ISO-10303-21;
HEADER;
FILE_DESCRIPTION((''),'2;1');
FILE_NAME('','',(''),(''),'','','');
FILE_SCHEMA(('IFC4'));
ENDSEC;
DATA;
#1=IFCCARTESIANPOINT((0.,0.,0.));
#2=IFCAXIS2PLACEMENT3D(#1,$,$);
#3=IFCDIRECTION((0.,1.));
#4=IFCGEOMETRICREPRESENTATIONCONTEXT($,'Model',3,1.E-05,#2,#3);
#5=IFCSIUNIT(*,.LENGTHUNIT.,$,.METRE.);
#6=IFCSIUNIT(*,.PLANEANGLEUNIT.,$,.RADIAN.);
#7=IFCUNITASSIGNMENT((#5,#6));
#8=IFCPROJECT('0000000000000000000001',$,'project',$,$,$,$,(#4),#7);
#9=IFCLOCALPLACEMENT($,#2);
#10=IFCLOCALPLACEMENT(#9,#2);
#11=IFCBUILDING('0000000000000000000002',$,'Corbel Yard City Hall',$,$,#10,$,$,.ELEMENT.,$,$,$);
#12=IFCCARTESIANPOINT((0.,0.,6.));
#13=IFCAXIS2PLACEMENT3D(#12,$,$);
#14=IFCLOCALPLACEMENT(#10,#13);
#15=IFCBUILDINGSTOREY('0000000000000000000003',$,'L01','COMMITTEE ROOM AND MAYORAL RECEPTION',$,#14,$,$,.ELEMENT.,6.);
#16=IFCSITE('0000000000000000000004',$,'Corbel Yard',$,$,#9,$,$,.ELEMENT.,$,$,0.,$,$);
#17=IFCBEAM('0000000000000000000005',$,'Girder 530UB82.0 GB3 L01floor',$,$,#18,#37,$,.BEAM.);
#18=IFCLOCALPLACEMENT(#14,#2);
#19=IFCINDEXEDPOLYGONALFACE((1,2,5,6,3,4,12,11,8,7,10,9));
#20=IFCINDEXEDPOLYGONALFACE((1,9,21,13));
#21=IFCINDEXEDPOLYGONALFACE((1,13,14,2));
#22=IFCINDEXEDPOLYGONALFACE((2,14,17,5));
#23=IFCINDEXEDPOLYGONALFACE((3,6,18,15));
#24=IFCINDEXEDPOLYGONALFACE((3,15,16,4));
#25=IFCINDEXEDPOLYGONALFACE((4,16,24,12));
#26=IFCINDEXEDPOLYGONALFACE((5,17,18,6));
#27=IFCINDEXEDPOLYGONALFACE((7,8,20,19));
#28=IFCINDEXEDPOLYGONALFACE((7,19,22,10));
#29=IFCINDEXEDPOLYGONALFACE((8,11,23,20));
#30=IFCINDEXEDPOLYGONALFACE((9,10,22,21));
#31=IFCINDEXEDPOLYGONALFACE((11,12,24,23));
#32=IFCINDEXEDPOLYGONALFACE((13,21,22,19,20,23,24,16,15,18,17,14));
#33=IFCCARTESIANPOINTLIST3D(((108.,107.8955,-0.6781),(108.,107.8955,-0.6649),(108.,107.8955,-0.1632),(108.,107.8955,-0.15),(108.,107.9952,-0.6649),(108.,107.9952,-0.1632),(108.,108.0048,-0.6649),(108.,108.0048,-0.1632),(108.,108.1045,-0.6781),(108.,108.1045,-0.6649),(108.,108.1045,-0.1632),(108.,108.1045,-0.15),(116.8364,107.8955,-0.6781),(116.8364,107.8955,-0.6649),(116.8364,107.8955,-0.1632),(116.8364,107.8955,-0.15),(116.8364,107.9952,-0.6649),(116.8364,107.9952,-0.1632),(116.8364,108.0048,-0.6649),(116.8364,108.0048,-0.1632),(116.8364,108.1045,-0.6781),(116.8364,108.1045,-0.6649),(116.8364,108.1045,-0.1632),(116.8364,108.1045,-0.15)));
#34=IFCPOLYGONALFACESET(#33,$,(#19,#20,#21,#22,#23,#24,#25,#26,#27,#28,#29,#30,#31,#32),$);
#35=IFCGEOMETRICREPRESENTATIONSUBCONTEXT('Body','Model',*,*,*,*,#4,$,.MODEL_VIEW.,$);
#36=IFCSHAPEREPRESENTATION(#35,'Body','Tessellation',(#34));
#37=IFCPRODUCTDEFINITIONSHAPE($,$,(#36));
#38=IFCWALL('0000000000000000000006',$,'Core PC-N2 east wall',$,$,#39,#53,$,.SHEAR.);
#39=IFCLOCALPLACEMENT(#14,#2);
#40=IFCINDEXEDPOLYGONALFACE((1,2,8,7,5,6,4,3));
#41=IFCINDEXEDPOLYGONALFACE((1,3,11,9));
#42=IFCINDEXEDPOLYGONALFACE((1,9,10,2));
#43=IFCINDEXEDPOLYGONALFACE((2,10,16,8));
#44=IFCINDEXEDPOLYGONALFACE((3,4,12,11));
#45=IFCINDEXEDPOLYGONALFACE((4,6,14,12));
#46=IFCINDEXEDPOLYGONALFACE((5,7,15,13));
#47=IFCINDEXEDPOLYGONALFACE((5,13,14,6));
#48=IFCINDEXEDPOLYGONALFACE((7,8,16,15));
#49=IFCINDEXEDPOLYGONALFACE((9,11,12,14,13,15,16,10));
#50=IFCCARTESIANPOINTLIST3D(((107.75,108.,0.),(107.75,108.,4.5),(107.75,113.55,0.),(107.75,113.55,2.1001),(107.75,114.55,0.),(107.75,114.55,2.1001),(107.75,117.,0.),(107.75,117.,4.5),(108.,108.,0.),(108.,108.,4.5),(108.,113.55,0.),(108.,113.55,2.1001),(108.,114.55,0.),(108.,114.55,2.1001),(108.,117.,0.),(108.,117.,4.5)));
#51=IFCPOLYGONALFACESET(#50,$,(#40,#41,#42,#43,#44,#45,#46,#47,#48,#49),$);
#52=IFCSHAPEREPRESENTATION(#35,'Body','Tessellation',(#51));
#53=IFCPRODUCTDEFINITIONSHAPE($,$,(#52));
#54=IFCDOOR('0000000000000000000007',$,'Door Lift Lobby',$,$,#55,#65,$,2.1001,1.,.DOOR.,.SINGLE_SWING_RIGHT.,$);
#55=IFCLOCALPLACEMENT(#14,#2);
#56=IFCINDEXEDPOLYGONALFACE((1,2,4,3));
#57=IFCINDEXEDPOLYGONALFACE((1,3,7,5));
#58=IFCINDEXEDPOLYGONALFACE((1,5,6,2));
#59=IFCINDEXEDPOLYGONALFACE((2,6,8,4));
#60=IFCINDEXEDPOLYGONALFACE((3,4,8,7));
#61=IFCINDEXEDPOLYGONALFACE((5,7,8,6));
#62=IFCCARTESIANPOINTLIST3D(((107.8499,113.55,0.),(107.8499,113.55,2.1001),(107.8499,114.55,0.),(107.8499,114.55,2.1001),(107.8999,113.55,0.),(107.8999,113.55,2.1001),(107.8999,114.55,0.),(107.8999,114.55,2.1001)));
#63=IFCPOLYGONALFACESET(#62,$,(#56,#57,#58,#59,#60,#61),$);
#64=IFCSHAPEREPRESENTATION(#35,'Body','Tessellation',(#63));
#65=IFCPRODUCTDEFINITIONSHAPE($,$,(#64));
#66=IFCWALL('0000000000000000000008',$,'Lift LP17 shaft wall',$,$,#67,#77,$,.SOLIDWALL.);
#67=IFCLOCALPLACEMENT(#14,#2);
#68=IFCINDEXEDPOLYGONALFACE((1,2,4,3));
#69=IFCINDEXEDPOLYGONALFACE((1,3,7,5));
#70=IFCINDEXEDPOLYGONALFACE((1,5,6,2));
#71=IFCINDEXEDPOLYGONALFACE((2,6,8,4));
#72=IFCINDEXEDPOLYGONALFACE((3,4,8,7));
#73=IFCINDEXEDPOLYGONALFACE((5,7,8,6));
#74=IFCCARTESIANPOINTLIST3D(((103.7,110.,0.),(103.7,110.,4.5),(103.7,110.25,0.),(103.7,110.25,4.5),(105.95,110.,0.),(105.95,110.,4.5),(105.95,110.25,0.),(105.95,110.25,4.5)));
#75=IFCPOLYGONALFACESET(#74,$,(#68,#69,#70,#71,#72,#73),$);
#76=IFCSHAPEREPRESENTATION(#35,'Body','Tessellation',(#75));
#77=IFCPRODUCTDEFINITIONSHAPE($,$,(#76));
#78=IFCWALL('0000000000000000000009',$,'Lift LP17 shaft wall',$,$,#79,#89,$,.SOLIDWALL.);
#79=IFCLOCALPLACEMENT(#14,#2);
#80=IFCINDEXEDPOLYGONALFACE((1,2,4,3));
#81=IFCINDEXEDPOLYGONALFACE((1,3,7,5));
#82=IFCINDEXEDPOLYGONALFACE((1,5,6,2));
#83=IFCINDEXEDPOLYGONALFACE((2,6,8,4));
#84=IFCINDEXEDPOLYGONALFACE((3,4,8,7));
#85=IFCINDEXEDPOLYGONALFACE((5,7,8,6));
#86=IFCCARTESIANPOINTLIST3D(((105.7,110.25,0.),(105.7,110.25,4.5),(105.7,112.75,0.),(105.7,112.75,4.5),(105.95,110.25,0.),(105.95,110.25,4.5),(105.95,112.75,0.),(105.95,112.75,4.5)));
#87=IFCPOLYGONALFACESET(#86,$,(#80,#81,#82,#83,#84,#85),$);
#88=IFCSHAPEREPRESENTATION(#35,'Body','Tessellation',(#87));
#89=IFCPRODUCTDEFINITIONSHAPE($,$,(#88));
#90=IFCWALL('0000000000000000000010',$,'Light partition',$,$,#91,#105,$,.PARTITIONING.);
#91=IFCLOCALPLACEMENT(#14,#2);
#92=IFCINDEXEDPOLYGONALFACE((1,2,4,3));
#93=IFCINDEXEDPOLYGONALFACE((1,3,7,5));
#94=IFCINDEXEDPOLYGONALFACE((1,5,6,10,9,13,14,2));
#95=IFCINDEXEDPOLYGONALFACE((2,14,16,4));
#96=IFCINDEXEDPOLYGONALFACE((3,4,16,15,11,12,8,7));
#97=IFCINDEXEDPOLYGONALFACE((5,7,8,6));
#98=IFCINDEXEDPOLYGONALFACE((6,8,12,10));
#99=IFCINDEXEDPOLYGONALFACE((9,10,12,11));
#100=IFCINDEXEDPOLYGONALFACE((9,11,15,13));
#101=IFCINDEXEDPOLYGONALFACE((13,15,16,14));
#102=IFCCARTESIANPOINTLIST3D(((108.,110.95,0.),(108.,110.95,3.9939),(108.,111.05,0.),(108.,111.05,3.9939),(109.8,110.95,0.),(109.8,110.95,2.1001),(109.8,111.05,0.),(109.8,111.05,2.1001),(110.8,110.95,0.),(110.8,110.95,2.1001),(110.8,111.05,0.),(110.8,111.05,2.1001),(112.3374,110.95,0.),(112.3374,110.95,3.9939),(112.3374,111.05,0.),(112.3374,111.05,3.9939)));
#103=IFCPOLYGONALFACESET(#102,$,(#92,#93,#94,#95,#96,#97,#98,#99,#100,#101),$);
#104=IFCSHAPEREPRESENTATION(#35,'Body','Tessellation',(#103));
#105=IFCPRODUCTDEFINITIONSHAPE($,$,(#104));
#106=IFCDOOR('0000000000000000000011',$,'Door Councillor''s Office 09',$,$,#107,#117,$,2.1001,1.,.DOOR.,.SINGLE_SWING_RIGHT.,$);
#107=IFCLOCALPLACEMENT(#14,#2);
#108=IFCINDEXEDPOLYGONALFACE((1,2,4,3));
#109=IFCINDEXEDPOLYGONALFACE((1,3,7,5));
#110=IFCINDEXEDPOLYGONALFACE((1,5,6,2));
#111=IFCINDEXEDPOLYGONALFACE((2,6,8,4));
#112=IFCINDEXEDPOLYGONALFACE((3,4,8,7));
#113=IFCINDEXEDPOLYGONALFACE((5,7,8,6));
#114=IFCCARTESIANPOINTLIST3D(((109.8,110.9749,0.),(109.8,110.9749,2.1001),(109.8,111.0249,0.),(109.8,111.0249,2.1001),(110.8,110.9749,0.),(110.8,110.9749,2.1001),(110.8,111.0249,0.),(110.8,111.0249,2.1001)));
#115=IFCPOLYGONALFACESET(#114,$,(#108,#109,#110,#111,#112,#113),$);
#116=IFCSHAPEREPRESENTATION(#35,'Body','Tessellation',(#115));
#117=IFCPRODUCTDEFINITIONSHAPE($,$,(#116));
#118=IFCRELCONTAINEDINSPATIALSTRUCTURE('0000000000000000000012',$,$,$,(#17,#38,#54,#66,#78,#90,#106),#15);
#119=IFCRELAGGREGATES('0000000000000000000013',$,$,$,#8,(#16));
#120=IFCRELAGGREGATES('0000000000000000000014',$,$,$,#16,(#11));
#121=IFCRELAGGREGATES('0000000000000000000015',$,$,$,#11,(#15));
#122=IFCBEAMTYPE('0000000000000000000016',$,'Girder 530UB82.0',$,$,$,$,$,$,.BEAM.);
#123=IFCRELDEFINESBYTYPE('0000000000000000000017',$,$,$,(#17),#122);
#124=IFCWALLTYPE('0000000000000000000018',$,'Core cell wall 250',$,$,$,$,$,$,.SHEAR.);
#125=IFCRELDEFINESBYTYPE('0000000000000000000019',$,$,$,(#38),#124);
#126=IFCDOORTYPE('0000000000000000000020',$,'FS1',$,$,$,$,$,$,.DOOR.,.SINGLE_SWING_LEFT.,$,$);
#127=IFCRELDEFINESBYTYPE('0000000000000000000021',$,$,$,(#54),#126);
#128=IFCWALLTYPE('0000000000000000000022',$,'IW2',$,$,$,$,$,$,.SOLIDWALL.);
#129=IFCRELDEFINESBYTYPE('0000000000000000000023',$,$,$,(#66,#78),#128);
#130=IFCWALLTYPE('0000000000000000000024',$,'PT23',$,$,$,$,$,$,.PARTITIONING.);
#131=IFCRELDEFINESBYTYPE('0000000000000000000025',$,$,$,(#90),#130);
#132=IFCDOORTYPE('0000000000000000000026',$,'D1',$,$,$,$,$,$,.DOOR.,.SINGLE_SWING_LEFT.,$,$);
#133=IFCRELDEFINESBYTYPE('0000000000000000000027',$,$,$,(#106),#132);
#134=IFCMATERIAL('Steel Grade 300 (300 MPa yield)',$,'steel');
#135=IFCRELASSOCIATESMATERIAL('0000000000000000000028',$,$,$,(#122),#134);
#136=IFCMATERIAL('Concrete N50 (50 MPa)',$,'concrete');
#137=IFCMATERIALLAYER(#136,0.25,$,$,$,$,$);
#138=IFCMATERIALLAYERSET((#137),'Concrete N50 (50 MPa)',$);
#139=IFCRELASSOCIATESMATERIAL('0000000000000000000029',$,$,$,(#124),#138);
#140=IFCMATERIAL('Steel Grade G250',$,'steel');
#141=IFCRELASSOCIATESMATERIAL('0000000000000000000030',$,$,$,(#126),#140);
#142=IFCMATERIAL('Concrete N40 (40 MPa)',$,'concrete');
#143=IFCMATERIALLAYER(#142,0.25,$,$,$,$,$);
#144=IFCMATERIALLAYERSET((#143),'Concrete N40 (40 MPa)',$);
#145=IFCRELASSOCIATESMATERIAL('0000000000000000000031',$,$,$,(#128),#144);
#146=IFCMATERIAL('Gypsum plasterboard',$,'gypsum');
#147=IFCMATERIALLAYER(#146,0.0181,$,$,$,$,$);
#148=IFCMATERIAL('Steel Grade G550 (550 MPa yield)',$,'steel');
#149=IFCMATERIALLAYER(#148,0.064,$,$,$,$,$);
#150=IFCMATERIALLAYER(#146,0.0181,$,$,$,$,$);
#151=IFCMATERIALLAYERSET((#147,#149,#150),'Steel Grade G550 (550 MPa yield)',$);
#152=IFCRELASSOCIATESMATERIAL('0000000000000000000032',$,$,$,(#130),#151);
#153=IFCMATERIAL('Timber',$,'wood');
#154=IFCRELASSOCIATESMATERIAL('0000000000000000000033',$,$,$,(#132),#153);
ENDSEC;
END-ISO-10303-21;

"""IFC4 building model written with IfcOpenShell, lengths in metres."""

from ifc_helpers import new_model, si_unit, direction, frame, frame_2d, origin, origin_2d, place, context, subcontext, project, spatial, rectangle, i_section, extrude, material, layer, layer_set, material_profile, profile_set, type_object, element, fill, save


model = new_model("IFC4")

# Units and contexts
model_context = context("Model", 3, precision=1e-05, world=origin(), true_north=direction((0.0, 1.0)))
body_context = subcontext(model_context, "Body", "Model", "MODEL_VIEW")
ifc_project = project(units=[si_unit("LENGTHUNIT", "METRE"), si_unit("PLANEANGLEUNIT", "RADIAN")], contexts=[model_context])

# Site, building, storey
site_placement = place(None, origin())
site = spatial("IfcSite", under=ifc_project, at=site_placement, Name="Corbel Yard", CompositionType="ELEMENT", RefElevation=0.0)
building_placement = place(site_placement, origin())
building = spatial("IfcBuilding", under=site, at=building_placement, Name="Corbel Yard City Hall", CompositionType="ELEMENT")
storey_placement = place(building_placement, frame((0.0, 0.0, 6.0)))
storey = spatial("IfcBuildingStorey", under=building, at=storey_placement, Name="L01", Description="COMMITTEE ROOM AND MAYORAL RECEPTION", CompositionType="ELEMENT", Elevation=6.0)

# Beam
ifc_material_1 = material(Name="Steel Grade 300 (300 MPa yield)", Category="steel")
ifc_material_profile = material_profile(ifc_material_1, i_section(OverallWidth=0.209, OverallDepth=0.5281, WebThickness=0.0095, FlangeThickness=0.0132, at=origin_2d()), Name="530UB82.0")
ifc_profile_set = profile_set([ifc_material_profile], Name="Steel Grade 300 (300 MPa yield)")
beam_type = type_object("IfcBeamType", Name="Girder 530UB82.0", PredefinedType="BEAM", material=ifc_profile_set)
beam_placement = place(storey_placement, frame((108.0, 108.0, -0.4141), z_axis=(1.0, 0.0, 0.0), x_axis=(0.0, 1.0, 0.0)))
element("IfcBeam", 1, at=beam_placement, inside=storey, type_object=beam_type, Name="Girder 530UB82.0 GB3 L01floor", PredefinedType="BEAM", context=body_context, shape_type="SweptSolid", body=[
    extrude(i_section(OverallWidth=0.209, OverallDepth=0.5281, WebThickness=0.0095, FlangeThickness=0.0132, at=origin_2d()), origin(), (0.0, 0.0, 1.0), 8.8364),
])

# Wall, opening, door
ifc_material_2 = material(Name="Concrete N50 (50 MPa)", Category="concrete")
ifc_layer_1 = layer(ifc_material_2, 0.25)
ifc_layer_set_1 = layer_set([ifc_layer_1], Name="Concrete N50 (50 MPa)")
wall_type_1 = type_object("IfcWallType", Name="Core cell wall 250", PredefinedType="SHEAR", material=ifc_layer_set_1)
wall_1_placement = place(storey_placement, frame((107.875, 108.0, 0.0), z_axis=(0.0, 0.0, 1.0), x_axis=(0.0, 1.0, 0.0)))
wall_1 = element("IfcWall", 2, at=wall_1_placement, inside=storey, type_object=wall_type_1, Name="Core PC-N2 east wall", PredefinedType="SHEAR", context=body_context, shape_type="SweptSolid", body=[
    extrude(rectangle(XDim=9.0, YDim=0.25, at=frame_2d((4.5, 0.0))), origin(), (0.0, 0.0, 1.0), 4.5),
])
opening_1_placement = place(wall_1_placement, frame((5.55, 0.0, 0.0)))
opening_1 = element("IfcOpeningElement", 3, at=opening_1_placement, cuts=wall_1, PredefinedType="OPENING", context=body_context, shape_type="SweptSolid", body=[
    extrude(rectangle(XDim=1.0, YDim=2.1001, at=frame_2d((0.5, 1.05))), frame((0.0, 0.135, 0.0), z_axis=(0.0, -1.0, 0.0), x_axis=(1.0, 0.0, 0.0)), (0.0, 0.0, 1.0), 0.27),
])
ifc_material_3 = material(Name="Steel Grade G250", Category="steel")
door_type_1 = type_object("IfcDoorType", Name="FS1", OperationType="SINGLE_SWING_LEFT", PredefinedType="DOOR", material=ifc_material_3)
door_1_placement = place(opening_1_placement, frame((1.0, 0.0, 0.0), z_axis=(0.0, 0.0, 1.0), x_axis=(-1.0, 0.0, 0.0)))
door_1 = element("IfcDoor", 4, at=door_1_placement, inside=storey, type_object=door_type_1, Name="Door Lift Lobby", OperationType="SINGLE_SWING_RIGHT", OverallHeight=2.1001, OverallWidth=1.0, PredefinedType="DOOR", context=body_context, shape_type="SweptSolid", body=[
    extrude(rectangle(XDim=1.0, YDim=2.1001, at=frame_2d((0.5, 1.05))), frame((0.0, 0.0249, 0.0), z_axis=(0.0, -1.0, 0.0), x_axis=(1.0, 0.0, 0.0)), (0.0, 0.0, 1.0), 0.05),
])
fill(opening_1, door_1)

# Walls
ifc_material_4 = material(Name="Concrete N40 (40 MPa)", Category="concrete")
ifc_layer_2 = layer(ifc_material_4, 0.25)
ifc_layer_set_2 = layer_set([ifc_layer_2], Name="Concrete N40 (40 MPa)")
wall_type_2 = type_object("IfcWallType", Name="IW2", PredefinedType="SOLIDWALL", material=ifc_layer_set_2)
wall_2_placement = place(storey_placement, frame((103.7, 110.125, 0.0), z_axis=(0.0, 0.0, 1.0), x_axis=(1.0, 0.0, 0.0)))
element("IfcWall", 5, at=wall_2_placement, inside=storey, type_object=wall_type_2, Name="Lift LP17 shaft wall", PredefinedType="SOLIDWALL", context=body_context, shape_type="SweptSolid", body=[
    extrude(rectangle(XDim=2.25, YDim=0.25, at=frame_2d((1.125, 0.0))), origin(), (0.0, 0.0, 1.0), 4.5),
])
wall_3_placement = place(storey_placement, frame((105.825, 110.25, 0.0), z_axis=(0.0, 0.0, 1.0), x_axis=(0.0, 1.0, 0.0)))
element("IfcWall", 6, at=wall_3_placement, inside=storey, type_object=wall_type_2, Name="Lift LP17 shaft wall", PredefinedType="SOLIDWALL", context=body_context, shape_type="SweptSolid", body=[
    extrude(rectangle(XDim=2.5, YDim=0.25, at=frame_2d((1.25, 0.0))), origin(), (0.0, 0.0, 1.0), 4.5),
])

# Wall, opening, door
ifc_material_5 = material(Name="Gypsum plasterboard", Category="gypsum")
ifc_layer_3 = layer(ifc_material_5, 0.0181)
ifc_material_6 = material(Name="Steel Grade G550 (550 MPa yield)", Category="steel")
ifc_layer_4 = layer(ifc_material_6, 0.064)
ifc_layer_5 = layer(ifc_material_5, 0.0181)
ifc_layer_set_3 = layer_set([ifc_layer_3, ifc_layer_4, ifc_layer_5], Name="Steel Grade G550 (550 MPa yield)")
wall_type_3 = type_object("IfcWallType", Name="PT23", PredefinedType="PARTITIONING", material=ifc_layer_set_3)
wall_4_placement = place(storey_placement, frame((108.0, 111.0, 0.0), z_axis=(0.0, 0.0, 1.0), x_axis=(1.0, 0.0, 0.0)))
wall_4 = element("IfcWall", 7, at=wall_4_placement, inside=storey, type_object=wall_type_3, Name="Light partition", PredefinedType="PARTITIONING", context=body_context, shape_type="SweptSolid", body=[
    extrude(rectangle(XDim=4.3374, YDim=0.1001, at=frame_2d((2.1687, 0.0))), origin(), (0.0, 0.0, 1.0), 3.9939),
])
opening_2_placement = place(wall_4_placement, frame((1.8, 0.0, 0.0)))
opening_2 = element("IfcOpeningElement", 8, at=opening_2_placement, cuts=wall_4, PredefinedType="OPENING", context=body_context, shape_type="SweptSolid", body=[
    extrude(rectangle(XDim=1.0, YDim=2.1001, at=frame_2d((0.5, 1.05))), frame((0.0, 0.0601, 0.0), z_axis=(0.0, -1.0, 0.0), x_axis=(1.0, 0.0, 0.0)), (0.0, 0.0, 1.0), 0.1201),
])
ifc_material_7 = material(Name="Timber", Category="wood")
door_type_2 = type_object("IfcDoorType", Name="D1", OperationType="SINGLE_SWING_LEFT", PredefinedType="DOOR", material=ifc_material_7)
door_2_placement = place(opening_2_placement, origin())
door_2 = element("IfcDoor", 9, at=door_2_placement, inside=storey, type_object=door_type_2, Name="Door Councillor's Office 09", OperationType="SINGLE_SWING_RIGHT", OverallHeight=2.1001, OverallWidth=1.0, PredefinedType="DOOR", context=body_context, shape_type="SweptSolid", body=[
    extrude(rectangle(XDim=1.0, YDim=2.1001, at=frame_2d((0.5, 1.05))), frame((0.0, 0.0249, 0.0), z_axis=(0.0, -1.0, 0.0), x_axis=(1.0, 0.0, 0.0)), (0.0, 0.0, 1.0), 0.05),
])
fill(opening_2, door_2)

save(model, "model.ifc")
